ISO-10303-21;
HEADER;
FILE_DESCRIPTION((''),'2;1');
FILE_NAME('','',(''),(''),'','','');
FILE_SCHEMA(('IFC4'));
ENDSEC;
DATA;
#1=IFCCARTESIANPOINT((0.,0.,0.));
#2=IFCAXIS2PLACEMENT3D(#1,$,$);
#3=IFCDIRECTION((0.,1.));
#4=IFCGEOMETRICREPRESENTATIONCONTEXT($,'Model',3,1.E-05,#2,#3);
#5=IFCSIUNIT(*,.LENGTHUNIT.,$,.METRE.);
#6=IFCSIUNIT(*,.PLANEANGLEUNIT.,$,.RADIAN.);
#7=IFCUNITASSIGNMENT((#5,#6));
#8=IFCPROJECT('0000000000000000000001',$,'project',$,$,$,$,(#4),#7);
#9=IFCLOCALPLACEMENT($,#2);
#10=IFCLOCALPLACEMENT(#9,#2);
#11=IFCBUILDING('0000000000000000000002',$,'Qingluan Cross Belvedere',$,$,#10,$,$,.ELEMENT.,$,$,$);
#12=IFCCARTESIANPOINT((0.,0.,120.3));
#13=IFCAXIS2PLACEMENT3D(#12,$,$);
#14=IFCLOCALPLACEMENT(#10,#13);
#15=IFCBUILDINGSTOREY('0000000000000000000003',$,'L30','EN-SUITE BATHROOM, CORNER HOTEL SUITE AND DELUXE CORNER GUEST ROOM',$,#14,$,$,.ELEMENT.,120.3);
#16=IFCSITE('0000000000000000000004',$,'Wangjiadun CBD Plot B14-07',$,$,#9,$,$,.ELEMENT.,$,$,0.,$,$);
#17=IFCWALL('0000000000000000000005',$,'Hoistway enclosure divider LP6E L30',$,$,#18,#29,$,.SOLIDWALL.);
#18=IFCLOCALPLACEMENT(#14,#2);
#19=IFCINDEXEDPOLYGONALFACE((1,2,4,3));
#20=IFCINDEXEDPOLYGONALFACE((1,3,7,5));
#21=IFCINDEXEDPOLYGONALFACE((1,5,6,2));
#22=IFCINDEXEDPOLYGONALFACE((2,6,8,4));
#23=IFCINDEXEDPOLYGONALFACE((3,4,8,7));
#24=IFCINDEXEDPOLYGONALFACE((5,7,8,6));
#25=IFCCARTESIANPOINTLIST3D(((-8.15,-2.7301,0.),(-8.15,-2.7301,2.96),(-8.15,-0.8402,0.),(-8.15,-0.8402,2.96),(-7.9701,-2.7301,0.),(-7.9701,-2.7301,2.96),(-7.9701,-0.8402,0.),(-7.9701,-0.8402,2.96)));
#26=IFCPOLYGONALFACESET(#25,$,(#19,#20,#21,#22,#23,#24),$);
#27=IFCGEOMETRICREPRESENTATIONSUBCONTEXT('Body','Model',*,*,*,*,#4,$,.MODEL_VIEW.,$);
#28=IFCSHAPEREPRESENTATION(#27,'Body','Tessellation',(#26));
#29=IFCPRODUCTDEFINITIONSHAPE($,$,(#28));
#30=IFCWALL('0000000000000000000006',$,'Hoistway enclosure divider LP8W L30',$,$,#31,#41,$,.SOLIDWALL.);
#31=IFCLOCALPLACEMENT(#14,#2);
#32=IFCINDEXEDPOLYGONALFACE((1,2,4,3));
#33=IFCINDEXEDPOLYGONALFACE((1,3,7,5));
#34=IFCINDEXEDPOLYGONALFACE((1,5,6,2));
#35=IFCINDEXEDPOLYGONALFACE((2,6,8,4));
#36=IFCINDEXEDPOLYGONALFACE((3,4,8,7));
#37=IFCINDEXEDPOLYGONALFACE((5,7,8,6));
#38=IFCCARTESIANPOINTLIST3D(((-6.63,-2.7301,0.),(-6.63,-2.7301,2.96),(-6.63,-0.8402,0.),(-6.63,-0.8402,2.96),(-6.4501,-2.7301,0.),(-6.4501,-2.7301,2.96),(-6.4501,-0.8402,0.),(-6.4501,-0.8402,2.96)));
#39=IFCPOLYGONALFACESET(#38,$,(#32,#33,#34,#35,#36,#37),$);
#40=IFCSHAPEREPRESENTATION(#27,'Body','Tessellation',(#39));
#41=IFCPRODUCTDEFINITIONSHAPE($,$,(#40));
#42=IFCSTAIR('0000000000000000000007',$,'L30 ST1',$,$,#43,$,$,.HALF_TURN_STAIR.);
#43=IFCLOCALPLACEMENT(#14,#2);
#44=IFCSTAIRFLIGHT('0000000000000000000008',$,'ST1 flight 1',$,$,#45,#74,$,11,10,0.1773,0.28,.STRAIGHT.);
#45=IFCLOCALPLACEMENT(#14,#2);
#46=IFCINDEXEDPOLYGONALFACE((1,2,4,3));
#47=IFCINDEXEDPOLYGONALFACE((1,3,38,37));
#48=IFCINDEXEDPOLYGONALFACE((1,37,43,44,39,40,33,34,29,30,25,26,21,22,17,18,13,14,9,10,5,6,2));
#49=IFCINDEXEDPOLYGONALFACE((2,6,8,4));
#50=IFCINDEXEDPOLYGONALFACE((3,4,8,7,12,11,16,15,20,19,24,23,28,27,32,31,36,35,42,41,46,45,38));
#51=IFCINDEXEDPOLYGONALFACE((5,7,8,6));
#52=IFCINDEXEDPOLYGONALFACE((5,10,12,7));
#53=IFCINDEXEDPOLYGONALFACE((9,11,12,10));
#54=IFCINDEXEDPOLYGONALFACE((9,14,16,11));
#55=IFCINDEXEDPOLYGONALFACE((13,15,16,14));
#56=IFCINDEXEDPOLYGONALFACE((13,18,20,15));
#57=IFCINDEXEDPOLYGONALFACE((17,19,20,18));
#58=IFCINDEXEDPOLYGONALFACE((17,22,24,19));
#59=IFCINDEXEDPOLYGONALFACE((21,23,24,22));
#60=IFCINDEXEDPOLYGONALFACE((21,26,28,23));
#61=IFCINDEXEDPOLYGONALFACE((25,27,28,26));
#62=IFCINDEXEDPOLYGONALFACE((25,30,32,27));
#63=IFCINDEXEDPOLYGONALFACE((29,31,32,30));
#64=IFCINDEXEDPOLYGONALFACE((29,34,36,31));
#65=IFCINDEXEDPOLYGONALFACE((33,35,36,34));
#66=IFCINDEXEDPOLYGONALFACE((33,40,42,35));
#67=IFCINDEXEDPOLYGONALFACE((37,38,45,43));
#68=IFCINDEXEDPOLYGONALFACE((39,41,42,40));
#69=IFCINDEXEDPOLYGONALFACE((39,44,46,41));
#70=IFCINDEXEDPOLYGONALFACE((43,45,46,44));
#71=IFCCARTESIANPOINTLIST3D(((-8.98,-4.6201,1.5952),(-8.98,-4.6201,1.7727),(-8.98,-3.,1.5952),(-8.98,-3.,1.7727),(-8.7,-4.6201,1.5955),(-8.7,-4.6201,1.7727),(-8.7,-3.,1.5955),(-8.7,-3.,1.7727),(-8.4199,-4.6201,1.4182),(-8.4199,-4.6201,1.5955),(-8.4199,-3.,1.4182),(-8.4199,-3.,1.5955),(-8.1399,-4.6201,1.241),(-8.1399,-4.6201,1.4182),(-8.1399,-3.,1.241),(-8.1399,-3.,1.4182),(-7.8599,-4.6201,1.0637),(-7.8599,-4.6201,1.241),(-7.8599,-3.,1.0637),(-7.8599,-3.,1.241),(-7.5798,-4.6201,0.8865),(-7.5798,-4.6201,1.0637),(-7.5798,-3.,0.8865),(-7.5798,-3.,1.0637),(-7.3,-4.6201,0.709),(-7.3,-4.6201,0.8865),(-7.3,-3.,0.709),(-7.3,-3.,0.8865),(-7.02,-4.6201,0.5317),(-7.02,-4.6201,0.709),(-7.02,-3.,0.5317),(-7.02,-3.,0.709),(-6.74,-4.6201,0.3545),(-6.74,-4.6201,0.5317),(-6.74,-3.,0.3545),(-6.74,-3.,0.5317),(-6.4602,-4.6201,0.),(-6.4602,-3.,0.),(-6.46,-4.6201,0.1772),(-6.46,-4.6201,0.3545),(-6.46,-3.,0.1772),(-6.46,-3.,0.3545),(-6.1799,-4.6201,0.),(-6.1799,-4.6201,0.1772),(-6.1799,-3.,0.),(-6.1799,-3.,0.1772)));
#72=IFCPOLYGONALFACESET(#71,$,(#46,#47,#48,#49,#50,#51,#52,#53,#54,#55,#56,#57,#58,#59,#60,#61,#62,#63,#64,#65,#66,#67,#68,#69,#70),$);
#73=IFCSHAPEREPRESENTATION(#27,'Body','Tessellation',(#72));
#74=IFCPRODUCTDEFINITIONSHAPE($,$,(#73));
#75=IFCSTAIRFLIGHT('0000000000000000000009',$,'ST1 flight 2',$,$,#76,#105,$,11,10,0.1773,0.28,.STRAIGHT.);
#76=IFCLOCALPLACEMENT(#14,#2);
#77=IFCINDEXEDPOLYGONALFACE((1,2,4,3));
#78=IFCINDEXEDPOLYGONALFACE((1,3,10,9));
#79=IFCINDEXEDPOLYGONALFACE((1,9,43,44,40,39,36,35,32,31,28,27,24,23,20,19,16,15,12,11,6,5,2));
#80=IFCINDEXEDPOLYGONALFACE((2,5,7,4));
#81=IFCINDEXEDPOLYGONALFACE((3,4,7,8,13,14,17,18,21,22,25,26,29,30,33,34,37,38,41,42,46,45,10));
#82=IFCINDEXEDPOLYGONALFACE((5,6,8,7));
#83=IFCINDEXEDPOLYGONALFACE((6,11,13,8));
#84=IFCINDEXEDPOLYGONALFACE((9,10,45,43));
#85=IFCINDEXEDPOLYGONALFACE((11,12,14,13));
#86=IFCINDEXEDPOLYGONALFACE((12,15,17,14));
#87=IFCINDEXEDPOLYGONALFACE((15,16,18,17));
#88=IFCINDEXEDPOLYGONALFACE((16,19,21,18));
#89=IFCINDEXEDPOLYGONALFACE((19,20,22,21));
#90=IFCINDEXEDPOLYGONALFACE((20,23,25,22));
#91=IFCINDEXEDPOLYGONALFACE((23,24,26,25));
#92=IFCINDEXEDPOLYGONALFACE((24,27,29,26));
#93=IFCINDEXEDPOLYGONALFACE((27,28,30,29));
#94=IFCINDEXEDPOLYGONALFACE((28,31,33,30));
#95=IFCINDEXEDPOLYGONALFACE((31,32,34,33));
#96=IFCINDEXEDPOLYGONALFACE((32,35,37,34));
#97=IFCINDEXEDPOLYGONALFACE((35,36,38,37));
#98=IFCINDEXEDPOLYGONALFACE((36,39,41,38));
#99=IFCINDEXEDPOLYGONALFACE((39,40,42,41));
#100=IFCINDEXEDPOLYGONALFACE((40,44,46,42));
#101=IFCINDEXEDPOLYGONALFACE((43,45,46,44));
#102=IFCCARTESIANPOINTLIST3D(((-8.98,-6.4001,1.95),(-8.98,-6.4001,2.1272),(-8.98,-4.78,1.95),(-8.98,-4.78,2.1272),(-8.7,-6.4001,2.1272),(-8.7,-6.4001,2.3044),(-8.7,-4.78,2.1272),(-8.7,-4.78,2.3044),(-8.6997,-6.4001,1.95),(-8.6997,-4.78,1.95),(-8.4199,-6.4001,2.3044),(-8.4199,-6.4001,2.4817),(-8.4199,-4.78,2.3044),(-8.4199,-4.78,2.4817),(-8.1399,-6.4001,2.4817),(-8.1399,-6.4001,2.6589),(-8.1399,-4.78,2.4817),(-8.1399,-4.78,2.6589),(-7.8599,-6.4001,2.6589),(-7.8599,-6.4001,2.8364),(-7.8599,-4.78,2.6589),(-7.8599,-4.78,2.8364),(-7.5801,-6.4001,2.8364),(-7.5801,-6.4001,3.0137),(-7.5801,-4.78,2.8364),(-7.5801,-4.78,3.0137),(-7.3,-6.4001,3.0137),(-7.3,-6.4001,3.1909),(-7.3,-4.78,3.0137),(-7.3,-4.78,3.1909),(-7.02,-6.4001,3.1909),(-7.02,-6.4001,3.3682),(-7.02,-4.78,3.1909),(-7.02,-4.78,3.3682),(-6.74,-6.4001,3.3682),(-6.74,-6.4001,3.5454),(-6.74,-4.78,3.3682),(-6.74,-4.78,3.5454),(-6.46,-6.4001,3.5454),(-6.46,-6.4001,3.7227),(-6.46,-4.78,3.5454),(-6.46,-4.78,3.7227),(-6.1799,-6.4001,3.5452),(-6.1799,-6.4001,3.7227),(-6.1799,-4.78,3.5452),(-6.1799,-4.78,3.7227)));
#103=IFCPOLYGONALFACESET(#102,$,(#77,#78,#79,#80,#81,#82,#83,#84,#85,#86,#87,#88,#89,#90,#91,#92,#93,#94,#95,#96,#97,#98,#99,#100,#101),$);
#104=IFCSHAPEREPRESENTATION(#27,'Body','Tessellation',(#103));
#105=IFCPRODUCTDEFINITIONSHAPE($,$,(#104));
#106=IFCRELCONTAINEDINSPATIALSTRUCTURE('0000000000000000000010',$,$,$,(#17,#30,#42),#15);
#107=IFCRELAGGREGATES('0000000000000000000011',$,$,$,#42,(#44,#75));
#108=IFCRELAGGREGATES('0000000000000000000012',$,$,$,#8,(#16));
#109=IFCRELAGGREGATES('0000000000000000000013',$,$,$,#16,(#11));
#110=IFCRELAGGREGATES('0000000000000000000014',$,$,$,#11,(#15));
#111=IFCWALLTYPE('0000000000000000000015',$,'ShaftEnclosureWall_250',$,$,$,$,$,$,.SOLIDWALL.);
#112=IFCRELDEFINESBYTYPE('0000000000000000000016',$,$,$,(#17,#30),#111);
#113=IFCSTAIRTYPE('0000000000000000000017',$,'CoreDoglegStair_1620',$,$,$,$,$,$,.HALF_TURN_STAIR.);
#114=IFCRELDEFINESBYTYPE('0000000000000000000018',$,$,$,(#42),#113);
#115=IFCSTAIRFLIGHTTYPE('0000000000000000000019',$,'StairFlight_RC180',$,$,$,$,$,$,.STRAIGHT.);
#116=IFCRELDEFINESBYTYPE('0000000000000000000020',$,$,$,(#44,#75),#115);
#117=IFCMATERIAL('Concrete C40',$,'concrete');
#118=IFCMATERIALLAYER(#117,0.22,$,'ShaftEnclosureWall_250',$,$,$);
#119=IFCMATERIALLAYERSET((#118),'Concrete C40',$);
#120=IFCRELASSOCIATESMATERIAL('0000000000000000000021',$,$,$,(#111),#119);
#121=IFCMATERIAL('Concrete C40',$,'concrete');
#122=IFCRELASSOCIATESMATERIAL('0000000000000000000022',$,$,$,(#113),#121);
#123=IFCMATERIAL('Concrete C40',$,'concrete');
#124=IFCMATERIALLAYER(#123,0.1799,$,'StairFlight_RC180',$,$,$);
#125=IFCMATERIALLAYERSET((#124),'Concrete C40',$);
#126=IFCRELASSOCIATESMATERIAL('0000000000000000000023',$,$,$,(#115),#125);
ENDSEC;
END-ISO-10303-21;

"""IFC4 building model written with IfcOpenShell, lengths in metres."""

from ifc_helpers import new_model, si_unit, direction, frame, frame_2d, origin, place, context, subcontext, project, spatial, polyline, rectangle, outline, extrude, material, layer, layer_set, type_object, element, aggregate, save


model = new_model("IFC4")

# Units and contexts
model_context = context("Model", 3, precision=1e-05, world=origin(), true_north=direction((0.0, 1.0)))
body_context = subcontext(model_context, "Body", "Model", "MODEL_VIEW")
ifc_project = project(units=[si_unit("LENGTHUNIT", "METRE"), si_unit("PLANEANGLEUNIT", "RADIAN")], contexts=[model_context])

# Site, building, storey
site_placement = place(None, origin())
site = spatial("IfcSite", under=ifc_project, at=site_placement, Name="Wangjiadun CBD Plot B14-07", CompositionType="ELEMENT", RefElevation=0.0)
building_placement = place(site_placement, origin())
building = spatial("IfcBuilding", under=site, at=building_placement, Name="Qingluan Cross Belvedere", CompositionType="ELEMENT")
storey_placement = place(building_placement, frame((0.0, 0.0, 120.3)))
storey = spatial("IfcBuildingStorey", under=building, at=storey_placement, Name="L30", Description="EN-SUITE BATHROOM, CORNER HOTEL SUITE AND DELUXE CORNER GUEST ROOM", CompositionType="ELEMENT", Elevation=120.3)

# Walls
ifc_material_1 = material(Name="Concrete C40", Category="concrete")
ifc_layer_1 = layer(ifc_material_1, 0.22, Name="ShaftEnclosureWall_250")
ifc_layer_set_1 = layer_set([ifc_layer_1], Name="Concrete C40")
wall_type_1 = type_object("IfcWallType", Name="ShaftEnclosureWall_250", PredefinedType="SOLIDWALL", material=ifc_layer_set_1)
for number, where, z_axis, x_axis, name in (
    (1, (-8.0601, -2.73, 0.0), (0.0, 0.0, 1.0), (0.0, 1.0, 0.0), "Hoistway enclosure divider LP6E L30"),
    (2, (-6.54, -2.73, 0.0), (0.0, 0.0, 1.0), (0.0, 1.0, 0.0), "Hoistway enclosure divider LP8W L30"),
):
    element("IfcWall", number, at=place(storey_placement, frame(where, z_axis=z_axis, x_axis=x_axis)), inside=storey, type_object=wall_type_1, Name=name, PredefinedType="SOLIDWALL", context=body_context, shape_type="SweptSolid", body=[
        extrude(rectangle(XDim=1.8899, YDim=0.1799, at=frame_2d((0.9448, 0.0))), origin(), (0.0, 0.0, 1.0), 2.96),
    ])

# Stair, stair flights
ifc_material_2 = material(Name="Concrete C40", Category="concrete")
stair_type = type_object("IfcStairType", Name="CoreDoglegStair_1620", PredefinedType="HALF_TURN_STAIR", material=ifc_material_2)
stair_placement = place(storey_placement, origin())
stair = element("IfcStair", 3, at=stair_placement, inside=storey, type_object=stair_type, Name="L30 ST1", PredefinedType="HALF_TURN_STAIR")
ifc_material_3 = material(Name="Concrete C40", Category="concrete")
ifc_layer_2 = layer(ifc_material_3, 0.1799, Name="StairFlight_RC180")
ifc_layer_set_2 = layer_set([ifc_layer_2], Name="Concrete C40")
stair_flight_type = type_object("IfcStairFlightType", Name="StairFlight_RC180", PredefinedType="STRAIGHT", material=ifc_layer_set_2)
stair_flight_1_placement = place(storey_placement, frame((-6.1799, -3.8101, 0.0), z_axis=(0.0, 0.0, 1.0), x_axis=(-1.0, 0.0, 0.0)))
stair_flight_1 = element("IfcStairFlight", 4, at=stair_flight_1_placement, type_object=stair_flight_type, Name="ST1 flight 1", NumberOfRisers=11, NumberOfTreads=10, PredefinedType="STRAIGHT", RiserHeight=0.1773, TreadLength=0.28, context=body_context, shape_type="SweptSolid", body=[
    extrude(outline(polyline([(0.0, 0.0), (0.0, 0.1772), (0.28, 0.1772), (0.28, 0.3545), (0.5601, 0.3545), (0.5601, 0.5317), (0.8401, 0.5317), (0.8401, 0.709), (1.1201, 0.709), (1.1201, 0.8865), (1.3999, 0.8865), (1.3999, 1.0637), (1.6799, 1.0637), (1.6799, 1.241), (1.96, 1.241), (1.96, 1.4182), (2.24, 1.4182), (2.24, 1.5955), (2.52, 1.5955), (2.52, 1.7727), (2.8, 1.7727), (2.8, 1.95), (2.8, 1.5952), (0.2803, 0.0), (0.0, 0.0)])), frame((0.0, 0.8101, 0.0), z_axis=(0.0, -1.0, 0.0), x_axis=(1.0, 0.0, 0.0)), (0.0, 0.0, 1.0), 1.6201),
])
stair_flight_2_placement = place(storey_placement, frame((-8.98, -5.5901, 1.95), z_axis=(0.0, 0.0, 1.0), x_axis=(1.0, 0.0, 0.0)))
stair_flight_2 = element("IfcStairFlight", 5, at=stair_flight_2_placement, type_object=stair_flight_type, Name="ST1 flight 2", NumberOfRisers=11, NumberOfTreads=10, PredefinedType="STRAIGHT", RiserHeight=0.1773, TreadLength=0.28, context=body_context, shape_type="SweptSolid", body=[
    extrude(outline(polyline([(0.0, 0.0), (0.0, 0.1772), (0.28, 0.1772), (0.28, 0.3545), (0.5601, 0.3545), (0.5601, 0.5317), (0.8401, 0.5317), (0.8401, 0.709), (1.1201, 0.709), (1.1201, 0.8865), (1.3999, 0.8865), (1.3999, 1.0637), (1.6799, 1.0637), (1.6799, 1.241), (1.96, 1.241), (1.96, 1.4182), (2.24, 1.4182), (2.24, 1.5955), (2.52, 1.5955), (2.52, 1.7727), (2.8, 1.7727), (2.8, 1.95), (2.8, 1.5952), (0.2803, 0.0), (0.0, 0.0)])), frame((0.0, 0.8101, 0.0), z_axis=(0.0, -1.0, 0.0), x_axis=(1.0, 0.0, 0.0)), (0.0, 0.0, 1.0), 1.6201),
])
aggregate(stair, [stair_flight_1, stair_flight_2])

save(model, "model.ifc")
